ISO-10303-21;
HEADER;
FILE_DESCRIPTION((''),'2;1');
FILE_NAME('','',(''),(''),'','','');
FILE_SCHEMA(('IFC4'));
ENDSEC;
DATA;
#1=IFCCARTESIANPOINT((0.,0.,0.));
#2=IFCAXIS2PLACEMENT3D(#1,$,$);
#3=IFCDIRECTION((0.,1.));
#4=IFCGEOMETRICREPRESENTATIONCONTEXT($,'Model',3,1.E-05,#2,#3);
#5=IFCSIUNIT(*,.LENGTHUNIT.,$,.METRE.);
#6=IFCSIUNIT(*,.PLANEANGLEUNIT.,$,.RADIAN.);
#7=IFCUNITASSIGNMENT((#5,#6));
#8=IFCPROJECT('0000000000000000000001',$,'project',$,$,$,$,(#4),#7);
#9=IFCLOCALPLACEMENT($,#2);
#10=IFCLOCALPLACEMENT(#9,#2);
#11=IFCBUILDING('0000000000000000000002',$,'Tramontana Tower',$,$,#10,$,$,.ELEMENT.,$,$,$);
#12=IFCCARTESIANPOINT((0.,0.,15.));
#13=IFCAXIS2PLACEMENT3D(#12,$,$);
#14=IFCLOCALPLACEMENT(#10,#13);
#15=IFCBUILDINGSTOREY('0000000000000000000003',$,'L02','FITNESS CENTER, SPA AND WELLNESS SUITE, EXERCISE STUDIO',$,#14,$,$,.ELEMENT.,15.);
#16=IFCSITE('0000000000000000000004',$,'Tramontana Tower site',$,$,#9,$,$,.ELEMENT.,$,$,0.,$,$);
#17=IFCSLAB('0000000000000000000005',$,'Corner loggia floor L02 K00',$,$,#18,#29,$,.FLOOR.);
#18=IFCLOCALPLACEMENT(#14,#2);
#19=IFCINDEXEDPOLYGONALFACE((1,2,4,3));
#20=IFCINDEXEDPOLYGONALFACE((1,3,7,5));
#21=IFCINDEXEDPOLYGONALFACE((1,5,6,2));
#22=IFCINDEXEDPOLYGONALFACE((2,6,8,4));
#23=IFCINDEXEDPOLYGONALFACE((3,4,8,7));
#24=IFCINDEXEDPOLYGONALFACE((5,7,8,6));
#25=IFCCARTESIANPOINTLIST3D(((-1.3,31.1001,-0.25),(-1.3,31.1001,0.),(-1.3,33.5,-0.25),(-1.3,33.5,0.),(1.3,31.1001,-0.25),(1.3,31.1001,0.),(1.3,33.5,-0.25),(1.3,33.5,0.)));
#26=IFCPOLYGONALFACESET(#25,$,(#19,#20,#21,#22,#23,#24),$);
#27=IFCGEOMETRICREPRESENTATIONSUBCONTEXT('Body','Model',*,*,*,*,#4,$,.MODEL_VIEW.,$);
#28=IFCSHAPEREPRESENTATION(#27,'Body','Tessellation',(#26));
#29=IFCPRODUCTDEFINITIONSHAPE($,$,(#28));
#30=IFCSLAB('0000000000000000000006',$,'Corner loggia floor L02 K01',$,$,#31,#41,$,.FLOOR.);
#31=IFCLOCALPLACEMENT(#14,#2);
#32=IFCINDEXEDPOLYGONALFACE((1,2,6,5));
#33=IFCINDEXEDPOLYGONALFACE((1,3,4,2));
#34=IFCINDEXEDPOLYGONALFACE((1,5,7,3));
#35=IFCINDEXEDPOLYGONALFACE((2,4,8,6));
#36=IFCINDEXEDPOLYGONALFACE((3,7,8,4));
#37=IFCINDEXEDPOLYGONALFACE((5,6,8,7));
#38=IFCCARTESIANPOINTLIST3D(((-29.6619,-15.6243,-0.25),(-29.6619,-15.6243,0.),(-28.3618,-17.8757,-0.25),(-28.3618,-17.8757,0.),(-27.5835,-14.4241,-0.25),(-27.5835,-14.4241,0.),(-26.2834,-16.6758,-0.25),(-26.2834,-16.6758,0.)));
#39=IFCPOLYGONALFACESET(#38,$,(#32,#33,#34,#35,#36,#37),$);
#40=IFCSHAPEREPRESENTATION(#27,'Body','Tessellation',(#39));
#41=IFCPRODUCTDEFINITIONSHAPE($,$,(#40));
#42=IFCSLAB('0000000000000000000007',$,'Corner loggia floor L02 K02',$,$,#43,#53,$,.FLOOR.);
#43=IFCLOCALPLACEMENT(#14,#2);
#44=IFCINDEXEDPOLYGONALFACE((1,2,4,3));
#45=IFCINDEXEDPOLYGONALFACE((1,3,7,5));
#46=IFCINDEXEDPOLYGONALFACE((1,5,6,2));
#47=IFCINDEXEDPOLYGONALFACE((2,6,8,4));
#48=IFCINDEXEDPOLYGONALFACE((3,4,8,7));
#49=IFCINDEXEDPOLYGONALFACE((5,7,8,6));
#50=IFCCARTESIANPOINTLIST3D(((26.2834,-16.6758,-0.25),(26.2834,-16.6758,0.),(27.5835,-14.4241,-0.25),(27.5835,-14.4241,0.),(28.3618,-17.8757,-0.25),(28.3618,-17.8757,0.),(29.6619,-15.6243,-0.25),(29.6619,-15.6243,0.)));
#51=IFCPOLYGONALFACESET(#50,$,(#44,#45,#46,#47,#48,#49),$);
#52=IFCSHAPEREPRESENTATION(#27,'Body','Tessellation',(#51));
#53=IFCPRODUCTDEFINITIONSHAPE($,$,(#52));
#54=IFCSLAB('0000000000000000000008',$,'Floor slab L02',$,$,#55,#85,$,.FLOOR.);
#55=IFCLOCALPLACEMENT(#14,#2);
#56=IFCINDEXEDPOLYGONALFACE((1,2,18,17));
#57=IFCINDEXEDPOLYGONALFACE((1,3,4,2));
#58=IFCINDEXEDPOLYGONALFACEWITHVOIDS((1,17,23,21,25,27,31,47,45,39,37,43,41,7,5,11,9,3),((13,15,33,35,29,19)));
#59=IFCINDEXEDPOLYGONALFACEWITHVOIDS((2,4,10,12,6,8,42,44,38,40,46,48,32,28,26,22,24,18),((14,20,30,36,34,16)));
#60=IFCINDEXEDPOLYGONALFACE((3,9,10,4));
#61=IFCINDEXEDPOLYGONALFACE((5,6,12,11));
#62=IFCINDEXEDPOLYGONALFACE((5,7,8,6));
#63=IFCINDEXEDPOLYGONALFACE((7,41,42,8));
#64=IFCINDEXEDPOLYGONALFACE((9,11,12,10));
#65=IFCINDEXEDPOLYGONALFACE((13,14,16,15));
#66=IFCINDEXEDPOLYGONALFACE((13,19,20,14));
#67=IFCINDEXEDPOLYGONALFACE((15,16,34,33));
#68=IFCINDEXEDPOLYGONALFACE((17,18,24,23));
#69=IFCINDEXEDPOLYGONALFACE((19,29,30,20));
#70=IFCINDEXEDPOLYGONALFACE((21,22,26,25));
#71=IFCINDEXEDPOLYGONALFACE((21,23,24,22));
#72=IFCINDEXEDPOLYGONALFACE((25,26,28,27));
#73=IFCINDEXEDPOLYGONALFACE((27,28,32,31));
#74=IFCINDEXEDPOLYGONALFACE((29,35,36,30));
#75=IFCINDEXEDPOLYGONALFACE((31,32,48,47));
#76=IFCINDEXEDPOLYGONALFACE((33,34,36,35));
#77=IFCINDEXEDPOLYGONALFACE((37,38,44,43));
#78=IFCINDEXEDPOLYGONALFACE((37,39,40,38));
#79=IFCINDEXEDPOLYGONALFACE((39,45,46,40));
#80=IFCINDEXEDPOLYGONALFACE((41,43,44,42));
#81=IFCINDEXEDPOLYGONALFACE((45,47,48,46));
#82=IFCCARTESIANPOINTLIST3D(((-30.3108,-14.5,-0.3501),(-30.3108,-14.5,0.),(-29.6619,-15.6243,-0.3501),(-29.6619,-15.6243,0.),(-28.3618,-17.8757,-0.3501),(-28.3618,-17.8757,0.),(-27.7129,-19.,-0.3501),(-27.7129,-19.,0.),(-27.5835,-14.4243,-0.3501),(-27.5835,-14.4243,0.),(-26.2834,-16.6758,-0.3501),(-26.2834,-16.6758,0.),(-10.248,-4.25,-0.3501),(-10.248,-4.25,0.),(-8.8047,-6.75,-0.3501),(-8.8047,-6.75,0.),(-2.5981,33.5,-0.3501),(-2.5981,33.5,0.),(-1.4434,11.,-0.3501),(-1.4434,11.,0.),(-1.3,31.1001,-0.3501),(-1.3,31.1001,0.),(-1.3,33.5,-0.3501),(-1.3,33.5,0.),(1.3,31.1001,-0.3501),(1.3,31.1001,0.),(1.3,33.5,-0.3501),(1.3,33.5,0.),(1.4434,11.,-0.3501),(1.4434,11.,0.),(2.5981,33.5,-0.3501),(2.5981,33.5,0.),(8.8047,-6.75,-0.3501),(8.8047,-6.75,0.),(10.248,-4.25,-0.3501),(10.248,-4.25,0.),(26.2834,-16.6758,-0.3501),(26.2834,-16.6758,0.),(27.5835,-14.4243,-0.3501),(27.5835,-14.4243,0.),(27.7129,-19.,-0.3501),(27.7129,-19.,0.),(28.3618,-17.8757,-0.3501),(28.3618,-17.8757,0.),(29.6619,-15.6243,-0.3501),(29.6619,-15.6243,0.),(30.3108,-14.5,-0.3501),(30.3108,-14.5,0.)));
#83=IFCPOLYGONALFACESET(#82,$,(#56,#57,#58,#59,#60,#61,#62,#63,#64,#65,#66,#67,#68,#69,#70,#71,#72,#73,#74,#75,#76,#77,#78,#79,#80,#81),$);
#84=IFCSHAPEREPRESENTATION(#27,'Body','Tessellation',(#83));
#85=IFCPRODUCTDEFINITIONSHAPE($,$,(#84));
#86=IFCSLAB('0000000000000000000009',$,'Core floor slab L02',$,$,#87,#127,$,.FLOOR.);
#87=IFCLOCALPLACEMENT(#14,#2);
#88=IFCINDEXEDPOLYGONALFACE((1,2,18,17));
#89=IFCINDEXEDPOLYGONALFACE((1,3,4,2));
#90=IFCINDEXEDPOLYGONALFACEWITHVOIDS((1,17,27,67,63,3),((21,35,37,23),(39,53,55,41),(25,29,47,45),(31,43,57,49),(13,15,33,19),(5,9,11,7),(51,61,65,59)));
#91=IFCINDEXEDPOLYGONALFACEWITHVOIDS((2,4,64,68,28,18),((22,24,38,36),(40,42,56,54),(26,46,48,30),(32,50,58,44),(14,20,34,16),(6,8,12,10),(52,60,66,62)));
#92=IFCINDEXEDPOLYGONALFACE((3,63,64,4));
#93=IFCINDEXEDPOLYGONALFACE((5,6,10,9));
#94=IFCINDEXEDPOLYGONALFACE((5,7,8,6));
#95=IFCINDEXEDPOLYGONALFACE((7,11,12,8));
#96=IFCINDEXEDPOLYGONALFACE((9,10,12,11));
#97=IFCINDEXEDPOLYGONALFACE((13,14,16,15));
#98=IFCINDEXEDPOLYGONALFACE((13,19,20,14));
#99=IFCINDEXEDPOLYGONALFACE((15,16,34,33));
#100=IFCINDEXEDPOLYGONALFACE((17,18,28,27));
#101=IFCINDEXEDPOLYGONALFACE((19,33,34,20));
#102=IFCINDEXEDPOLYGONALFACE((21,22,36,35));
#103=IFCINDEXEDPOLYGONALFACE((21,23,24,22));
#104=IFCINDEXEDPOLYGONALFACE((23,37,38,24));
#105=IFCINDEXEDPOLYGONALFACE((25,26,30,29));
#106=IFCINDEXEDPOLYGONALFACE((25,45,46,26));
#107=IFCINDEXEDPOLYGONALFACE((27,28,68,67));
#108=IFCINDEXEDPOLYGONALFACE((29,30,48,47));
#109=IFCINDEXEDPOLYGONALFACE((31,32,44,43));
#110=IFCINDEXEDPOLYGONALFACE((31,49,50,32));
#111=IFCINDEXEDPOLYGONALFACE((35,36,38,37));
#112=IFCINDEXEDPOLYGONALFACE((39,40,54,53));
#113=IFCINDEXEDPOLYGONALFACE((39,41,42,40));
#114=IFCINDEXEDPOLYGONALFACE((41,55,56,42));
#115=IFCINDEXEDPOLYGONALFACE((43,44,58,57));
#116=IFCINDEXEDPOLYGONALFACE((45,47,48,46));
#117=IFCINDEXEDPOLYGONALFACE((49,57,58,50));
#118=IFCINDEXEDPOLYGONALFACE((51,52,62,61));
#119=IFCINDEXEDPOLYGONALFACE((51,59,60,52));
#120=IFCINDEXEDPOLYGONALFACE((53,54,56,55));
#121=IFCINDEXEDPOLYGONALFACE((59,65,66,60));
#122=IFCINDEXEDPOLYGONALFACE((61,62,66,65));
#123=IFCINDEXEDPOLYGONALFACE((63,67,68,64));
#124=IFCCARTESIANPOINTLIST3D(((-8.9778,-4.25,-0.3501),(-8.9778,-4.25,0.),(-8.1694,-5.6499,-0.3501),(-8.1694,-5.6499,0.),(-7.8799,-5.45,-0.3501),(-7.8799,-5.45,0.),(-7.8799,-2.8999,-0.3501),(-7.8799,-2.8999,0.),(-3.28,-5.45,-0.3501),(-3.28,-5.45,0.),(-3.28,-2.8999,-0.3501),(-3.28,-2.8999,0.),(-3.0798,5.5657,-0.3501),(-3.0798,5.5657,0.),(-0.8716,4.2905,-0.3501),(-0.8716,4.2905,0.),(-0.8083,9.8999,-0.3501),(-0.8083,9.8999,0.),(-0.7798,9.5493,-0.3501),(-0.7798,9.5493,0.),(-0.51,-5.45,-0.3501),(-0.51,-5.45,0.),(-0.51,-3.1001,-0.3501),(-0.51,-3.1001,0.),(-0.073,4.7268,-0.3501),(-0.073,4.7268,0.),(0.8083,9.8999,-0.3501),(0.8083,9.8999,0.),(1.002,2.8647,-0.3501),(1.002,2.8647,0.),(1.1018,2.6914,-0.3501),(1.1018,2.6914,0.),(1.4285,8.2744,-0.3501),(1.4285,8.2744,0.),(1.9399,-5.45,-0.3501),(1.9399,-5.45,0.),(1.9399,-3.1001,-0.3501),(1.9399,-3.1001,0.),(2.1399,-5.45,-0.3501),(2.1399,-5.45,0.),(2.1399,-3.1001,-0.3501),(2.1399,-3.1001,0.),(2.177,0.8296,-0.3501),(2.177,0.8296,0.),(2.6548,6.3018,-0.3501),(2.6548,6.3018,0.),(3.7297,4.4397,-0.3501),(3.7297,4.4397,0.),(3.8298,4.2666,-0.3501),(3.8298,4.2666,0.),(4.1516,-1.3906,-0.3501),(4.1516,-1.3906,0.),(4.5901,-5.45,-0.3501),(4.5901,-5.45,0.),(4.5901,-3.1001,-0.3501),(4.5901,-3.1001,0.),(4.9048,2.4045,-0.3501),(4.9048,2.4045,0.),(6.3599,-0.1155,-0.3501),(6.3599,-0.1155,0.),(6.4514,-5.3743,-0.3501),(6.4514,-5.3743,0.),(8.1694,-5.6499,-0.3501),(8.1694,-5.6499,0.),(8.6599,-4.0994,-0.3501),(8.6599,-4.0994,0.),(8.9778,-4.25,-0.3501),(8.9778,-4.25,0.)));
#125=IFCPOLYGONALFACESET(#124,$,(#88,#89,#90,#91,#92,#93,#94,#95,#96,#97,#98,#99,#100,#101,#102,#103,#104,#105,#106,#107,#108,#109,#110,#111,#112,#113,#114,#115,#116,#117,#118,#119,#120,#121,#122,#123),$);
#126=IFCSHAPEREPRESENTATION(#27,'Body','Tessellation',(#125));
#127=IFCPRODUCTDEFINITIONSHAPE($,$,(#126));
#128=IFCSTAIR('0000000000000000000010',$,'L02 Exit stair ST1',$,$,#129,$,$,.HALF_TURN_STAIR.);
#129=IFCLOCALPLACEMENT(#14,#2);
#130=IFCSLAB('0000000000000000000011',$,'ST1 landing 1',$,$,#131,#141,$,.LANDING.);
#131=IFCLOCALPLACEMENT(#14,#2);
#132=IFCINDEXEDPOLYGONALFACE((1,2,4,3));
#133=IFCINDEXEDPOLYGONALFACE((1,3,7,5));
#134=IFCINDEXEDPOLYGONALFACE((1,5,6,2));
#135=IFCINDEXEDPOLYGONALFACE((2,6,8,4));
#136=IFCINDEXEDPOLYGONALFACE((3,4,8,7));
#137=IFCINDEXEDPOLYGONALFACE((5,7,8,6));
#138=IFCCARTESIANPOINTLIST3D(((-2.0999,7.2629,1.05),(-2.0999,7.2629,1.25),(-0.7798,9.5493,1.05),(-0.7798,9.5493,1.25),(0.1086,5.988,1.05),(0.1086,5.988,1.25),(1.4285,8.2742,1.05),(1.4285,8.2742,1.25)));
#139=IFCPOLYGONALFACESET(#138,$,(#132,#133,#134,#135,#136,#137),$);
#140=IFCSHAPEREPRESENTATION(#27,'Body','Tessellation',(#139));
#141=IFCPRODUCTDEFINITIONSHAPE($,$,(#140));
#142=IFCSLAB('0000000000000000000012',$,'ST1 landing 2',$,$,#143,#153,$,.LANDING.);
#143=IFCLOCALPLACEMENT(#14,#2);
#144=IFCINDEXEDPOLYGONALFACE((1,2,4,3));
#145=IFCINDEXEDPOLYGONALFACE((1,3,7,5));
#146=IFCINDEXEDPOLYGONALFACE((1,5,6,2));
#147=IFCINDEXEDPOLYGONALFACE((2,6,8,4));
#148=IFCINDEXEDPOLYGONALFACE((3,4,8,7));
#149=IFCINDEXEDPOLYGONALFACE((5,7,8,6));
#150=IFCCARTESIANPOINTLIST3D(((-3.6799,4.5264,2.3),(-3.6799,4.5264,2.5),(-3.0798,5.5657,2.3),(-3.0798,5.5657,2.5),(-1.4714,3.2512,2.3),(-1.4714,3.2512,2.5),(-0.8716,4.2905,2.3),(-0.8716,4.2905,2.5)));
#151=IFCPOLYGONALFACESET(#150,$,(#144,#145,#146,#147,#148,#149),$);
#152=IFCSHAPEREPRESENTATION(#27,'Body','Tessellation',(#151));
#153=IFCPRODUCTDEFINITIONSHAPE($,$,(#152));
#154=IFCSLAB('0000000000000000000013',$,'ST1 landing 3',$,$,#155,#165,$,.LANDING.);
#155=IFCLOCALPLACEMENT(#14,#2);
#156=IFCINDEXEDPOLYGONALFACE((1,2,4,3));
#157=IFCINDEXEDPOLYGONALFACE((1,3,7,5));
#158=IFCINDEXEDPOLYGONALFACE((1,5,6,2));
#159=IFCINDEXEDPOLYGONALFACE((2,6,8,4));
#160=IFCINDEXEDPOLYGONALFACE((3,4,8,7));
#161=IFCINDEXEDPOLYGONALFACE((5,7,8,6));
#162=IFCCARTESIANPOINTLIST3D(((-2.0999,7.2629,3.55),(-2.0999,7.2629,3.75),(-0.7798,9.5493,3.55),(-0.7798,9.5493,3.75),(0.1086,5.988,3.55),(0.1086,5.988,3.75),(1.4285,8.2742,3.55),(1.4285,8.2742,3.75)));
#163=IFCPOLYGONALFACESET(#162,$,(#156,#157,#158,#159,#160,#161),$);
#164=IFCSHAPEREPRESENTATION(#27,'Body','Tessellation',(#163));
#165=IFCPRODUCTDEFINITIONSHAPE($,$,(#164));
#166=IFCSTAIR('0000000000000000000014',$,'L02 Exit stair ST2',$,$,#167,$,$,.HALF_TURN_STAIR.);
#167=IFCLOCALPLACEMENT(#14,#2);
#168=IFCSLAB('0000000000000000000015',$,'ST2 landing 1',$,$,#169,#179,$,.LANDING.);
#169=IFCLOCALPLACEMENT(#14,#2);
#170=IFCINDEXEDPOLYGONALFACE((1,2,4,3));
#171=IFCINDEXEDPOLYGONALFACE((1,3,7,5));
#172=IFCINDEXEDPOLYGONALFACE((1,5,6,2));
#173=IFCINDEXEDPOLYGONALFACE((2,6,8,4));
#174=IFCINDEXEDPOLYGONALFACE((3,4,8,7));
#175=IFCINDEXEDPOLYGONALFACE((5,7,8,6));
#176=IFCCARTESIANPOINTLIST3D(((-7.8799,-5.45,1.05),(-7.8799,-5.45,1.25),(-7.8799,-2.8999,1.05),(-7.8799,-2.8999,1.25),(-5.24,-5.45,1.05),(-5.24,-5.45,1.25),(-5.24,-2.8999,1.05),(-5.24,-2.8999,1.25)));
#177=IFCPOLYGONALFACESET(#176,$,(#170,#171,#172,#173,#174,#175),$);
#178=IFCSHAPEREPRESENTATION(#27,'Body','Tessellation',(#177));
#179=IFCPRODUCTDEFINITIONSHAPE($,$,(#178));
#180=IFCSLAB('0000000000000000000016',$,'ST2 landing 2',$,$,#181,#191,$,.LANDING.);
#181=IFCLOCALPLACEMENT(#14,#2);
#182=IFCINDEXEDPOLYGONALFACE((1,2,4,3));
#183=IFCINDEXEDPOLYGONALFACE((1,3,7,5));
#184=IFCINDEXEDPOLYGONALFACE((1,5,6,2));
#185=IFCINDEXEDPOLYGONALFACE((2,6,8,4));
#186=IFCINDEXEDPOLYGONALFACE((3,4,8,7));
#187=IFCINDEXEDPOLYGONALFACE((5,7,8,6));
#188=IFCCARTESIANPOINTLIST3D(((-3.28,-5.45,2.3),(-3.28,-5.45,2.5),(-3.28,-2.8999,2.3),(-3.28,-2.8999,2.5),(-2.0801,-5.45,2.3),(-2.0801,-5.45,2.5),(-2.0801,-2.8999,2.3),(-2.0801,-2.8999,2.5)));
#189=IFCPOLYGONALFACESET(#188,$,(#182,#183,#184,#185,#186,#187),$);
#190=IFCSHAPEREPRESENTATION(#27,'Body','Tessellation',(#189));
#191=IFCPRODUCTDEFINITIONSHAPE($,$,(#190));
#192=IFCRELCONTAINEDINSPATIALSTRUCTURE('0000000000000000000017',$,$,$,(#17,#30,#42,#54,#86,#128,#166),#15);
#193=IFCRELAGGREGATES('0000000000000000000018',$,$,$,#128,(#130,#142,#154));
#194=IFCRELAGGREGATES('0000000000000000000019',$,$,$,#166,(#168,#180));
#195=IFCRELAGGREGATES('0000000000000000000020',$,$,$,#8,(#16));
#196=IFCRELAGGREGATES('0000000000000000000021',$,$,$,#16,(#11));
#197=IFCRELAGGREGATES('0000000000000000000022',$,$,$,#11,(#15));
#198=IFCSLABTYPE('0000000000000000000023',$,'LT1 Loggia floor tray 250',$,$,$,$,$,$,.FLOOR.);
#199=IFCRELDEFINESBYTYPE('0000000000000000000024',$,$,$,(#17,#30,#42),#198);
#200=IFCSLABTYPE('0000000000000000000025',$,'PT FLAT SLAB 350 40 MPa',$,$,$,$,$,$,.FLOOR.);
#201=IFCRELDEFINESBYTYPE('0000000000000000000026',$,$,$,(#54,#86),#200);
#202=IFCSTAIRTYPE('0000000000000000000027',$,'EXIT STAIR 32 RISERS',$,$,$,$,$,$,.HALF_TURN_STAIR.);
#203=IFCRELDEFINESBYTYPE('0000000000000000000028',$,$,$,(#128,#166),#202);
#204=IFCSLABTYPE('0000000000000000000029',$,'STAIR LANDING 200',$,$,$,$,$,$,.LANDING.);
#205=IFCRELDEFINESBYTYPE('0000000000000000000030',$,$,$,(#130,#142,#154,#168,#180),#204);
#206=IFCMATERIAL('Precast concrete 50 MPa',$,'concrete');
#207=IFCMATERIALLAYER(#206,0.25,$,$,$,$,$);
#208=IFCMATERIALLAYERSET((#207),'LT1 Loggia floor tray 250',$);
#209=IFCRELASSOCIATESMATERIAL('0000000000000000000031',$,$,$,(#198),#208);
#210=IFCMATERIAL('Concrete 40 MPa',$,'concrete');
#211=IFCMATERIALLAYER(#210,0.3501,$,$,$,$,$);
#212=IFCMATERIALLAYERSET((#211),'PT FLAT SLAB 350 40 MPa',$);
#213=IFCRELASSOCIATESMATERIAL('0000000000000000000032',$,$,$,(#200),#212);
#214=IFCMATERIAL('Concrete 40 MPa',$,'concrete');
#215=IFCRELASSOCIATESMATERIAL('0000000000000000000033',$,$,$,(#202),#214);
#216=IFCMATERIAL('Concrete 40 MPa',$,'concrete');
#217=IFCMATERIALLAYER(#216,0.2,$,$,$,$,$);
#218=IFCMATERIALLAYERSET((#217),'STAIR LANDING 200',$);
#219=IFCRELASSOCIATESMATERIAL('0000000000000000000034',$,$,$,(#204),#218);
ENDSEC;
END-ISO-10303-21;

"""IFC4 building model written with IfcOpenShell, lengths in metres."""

from ifc_helpers import new_model, si_unit, direction, frame, origin, place, context, subcontext, project, spatial, polyline, outline, extrude, material, layer, layer_set, type_object, element, aggregate, save


model = new_model("IFC4")

# Units and contexts
model_context = context("Model", 3, precision=1e-05, world=origin(), true_north=direction((0.0, 1.0)))
body_context = subcontext(model_context, "Body", "Model", "MODEL_VIEW")
ifc_project = project(units=[si_unit("LENGTHUNIT", "METRE"), si_unit("PLANEANGLEUNIT", "RADIAN")], contexts=[model_context])

# Site, building, storey
site_placement = place(None, origin())
site = spatial("IfcSite", under=ifc_project, at=site_placement, Name="Tramontana Tower site", CompositionType="ELEMENT", RefElevation=0.0)
building_placement = place(site_placement, origin())
building = spatial("IfcBuilding", under=site, at=building_placement, Name="Tramontana Tower", CompositionType="ELEMENT")
storey_placement = place(building_placement, frame((0.0, 0.0, 15.0)))
storey = spatial("IfcBuildingStorey", under=building, at=storey_placement, Name="L02", Description="FITNESS CENTER, SPA AND WELLNESS SUITE, EXERCISE STUDIO", CompositionType="ELEMENT", Elevation=15.0)

# Slabs
ifc_material_1 = material(Name="Precast concrete 50 MPa", Category="concrete")
ifc_layer_1 = layer(ifc_material_1, 0.25)
ifc_layer_set_1 = layer_set([ifc_layer_1], Name="LT1 Loggia floor tray 250")
slab_type_1 = type_object("IfcSlabType", Name="LT1 Loggia floor tray 250", PredefinedType="FLOOR", material=ifc_layer_set_1)
slab_1_placement = place(storey_placement, frame((0.0, 0.0, -0.25)))
element("IfcSlab", 1, at=slab_1_placement, inside=storey, type_object=slab_type_1, Name="Corner loggia floor L02 K00", PredefinedType="FLOOR", context=body_context, shape_type="SweptSolid", body=[
    extrude(outline(polyline([(1.3, 33.5), (1.3, 31.1001), (-1.3, 31.1001), (-1.3, 33.5), (1.3, 33.5)])), origin(), (0.0, 0.0, 1.0), 0.25),
])
slab_2_placement = place(storey_placement, frame((0.0, 0.0, -0.25)))
element("IfcSlab", 2, at=slab_2_placement, inside=storey, type_object=slab_type_1, Name="Corner loggia floor L02 K01", PredefinedType="FLOOR", context=body_context, shape_type="SweptSolid", body=[
    extrude(outline(polyline([(-29.6619, -15.6243), (-27.5835, -14.4241), (-26.2834, -16.6758), (-28.3618, -17.8757), (-29.6619, -15.6243)])), origin(), (0.0, 0.0, 1.0), 0.25),
])
slab_3_placement = place(storey_placement, frame((0.0, 0.0, -0.25)))
element("IfcSlab", 3, at=slab_3_placement, inside=storey, type_object=slab_type_1, Name="Corner loggia floor L02 K02", PredefinedType="FLOOR", context=body_context, shape_type="SweptSolid", body=[
    extrude(outline(polyline([(28.3618, -17.8757), (26.2834, -16.6758), (27.5835, -14.4241), (29.6619, -15.6243), (28.3618, -17.8757)])), origin(), (0.0, 0.0, 1.0), 0.25),
])
ifc_material_2 = material(Name="Concrete 40 MPa", Category="concrete")
ifc_layer_2 = layer(ifc_material_2, 0.3501)
ifc_layer_set_2 = layer_set([ifc_layer_2], Name="PT FLAT SLAB 350 40 MPa")
slab_type_2 = type_object("IfcSlabType", Name="PT FLAT SLAB 350 40 MPa", PredefinedType="FLOOR", material=ifc_layer_set_2)
slab_4_placement = place(storey_placement, frame((0.0, 0.0, -0.3501)))
element("IfcSlab", 4, at=slab_4_placement, inside=storey, type_object=slab_type_2, Name="Floor slab L02", PredefinedType="FLOOR", context=body_context, shape_type="SweptSolid", body=[
    extrude(outline(polyline([(29.6619, -15.6243), (27.5835, -14.4243), (26.2834, -16.6758), (28.3618, -17.8757), (27.7129, -19.0), (-27.7129, -19.0), (-28.3618, -17.8757), (-26.2834, -16.6758), (-27.5835, -14.4243), (-29.6619, -15.6243), (-30.3108, -14.5), (-2.5981, 33.5), (-1.3, 33.5), (-1.3, 31.1001), (1.3, 31.1001), (1.3, 33.5), (2.5981, 33.5), (30.3108, -14.5), (29.6619, -15.6243)]), holes=[polyline([(-10.248, -4.25), (-8.8047, -6.75), (8.8047, -6.75), (10.248, -4.25), (1.4434, 11.0), (-1.4434, 11.0), (-10.248, -4.25)])]), origin(), (0.0, 0.0, 1.0), 0.3501),
])
slab_5_placement = place(storey_placement, frame((0.0, 0.0, -0.3501)))
element("IfcSlab", 5, at=slab_5_placement, inside=storey, type_object=slab_type_2, Name="Core floor slab L02", PredefinedType="FLOOR", context=body_context, shape_type="SweptSolid", body=[
    extrude(outline(polyline([(8.9778, -4.25), (8.1694, -5.6499), (-8.1694, -5.6499), (-8.9778, -4.25), (-0.8083, 9.8999), (0.8083, 9.8999), (8.9778, -4.25)]), holes=[polyline([(8.6599, -4.0994), (6.3599, -0.1155), (4.1516, -1.3906), (6.4514, -5.3743), (8.6599, -4.0994)]), polyline([(3.8298, 4.2666), (1.1018, 2.6914), (2.177, 0.8296), (4.9048, 2.4045), (3.8298, 4.2666)]), polyline([(4.5901, -3.1001), (2.1399, -3.1001), (2.1399, -5.45), (4.5901, -5.45), (4.5901, -3.1001)]), polyline([(2.6548, 6.3018), (-0.073, 4.7268), (1.002, 2.8647), (3.7297, 4.4397), (2.6548, 6.3018)]), polyline([(1.9399, -5.45), (1.9399, -3.1001), (-0.51, -3.1001), (-0.51, -5.45), (1.9399, -5.45)]), polyline([(-0.7798, 9.5493), (-3.0798, 5.5657), (-0.8716, 4.2905), (1.4285, 8.2744), (-0.7798, 9.5493)]), polyline([(-7.8799, -5.45), (-3.28, -5.45), (-3.28, -2.8999), (-7.8799, -2.8999), (-7.8799, -5.45)])]), origin(), (0.0, 0.0, 1.0), 0.3501),
])

# Stairs, slabs
ifc_material_3 = material(Name="Concrete 40 MPa", Category="concrete")
stair_type = type_object("IfcStairType", Name="EXIT STAIR 32 RISERS", PredefinedType="HALF_TURN_STAIR", material=ifc_material_3)
stair_1_placement = place(storey_placement, origin())
stair_1 = element("IfcStair", 6, at=stair_1_placement, inside=storey, type_object=stair_type, Name="L02 Exit stair ST1", PredefinedType="HALF_TURN_STAIR")
ifc_material_4 = material(Name="Concrete 40 MPa", Category="concrete")
ifc_layer_3 = layer(ifc_material_4, 0.2)
ifc_layer_set_3 = layer_set([ifc_layer_3], Name="STAIR LANDING 200")
slab_type_3 = type_object("IfcSlabType", Name="STAIR LANDING 200", PredefinedType="LANDING", material=ifc_layer_set_3)
slab_6_placement = place(storey_placement, frame((0.0, 0.0, 1.05)))
slab_6 = element("IfcSlab", 7, at=slab_6_placement, type_object=slab_type_3, Name="ST1 landing 1", PredefinedType="LANDING", context=body_context, shape_type="SweptSolid", body=[
    extrude(outline(polyline([(0.1086, 5.988), (1.4285, 8.2742), (-0.7798, 9.5493), (-2.0999, 7.2629), (0.1086, 5.988)])), origin(), (0.0, 0.0, 1.0), 0.2),
])
slab_7_placement = place(storey_placement, frame((0.0, 0.0, 2.3)))
slab_7 = element("IfcSlab", 8, at=slab_7_placement, type_object=slab_type_3, Name="ST1 landing 2", PredefinedType="LANDING", context=body_context, shape_type="SweptSolid", body=[
    extrude(outline(polyline([(-1.4714, 3.2512), (-0.8716, 4.2905), (-3.0798, 5.5657), (-3.6799, 4.5264), (-1.4714, 3.2512)])), origin(), (0.0, 0.0, 1.0), 0.2),
])
slab_8_placement = place(storey_placement, frame((0.0, 0.0, 3.55)))
slab_8 = element("IfcSlab", 9, at=slab_8_placement, type_object=slab_type_3, Name="ST1 landing 3", PredefinedType="LANDING", context=body_context, shape_type="SweptSolid", body=[
    extrude(outline(polyline([(0.1086, 5.988), (1.4285, 8.2742), (-0.7798, 9.5493), (-2.0999, 7.2629), (0.1086, 5.988)])), origin(), (0.0, 0.0, 1.0), 0.2),
])
aggregate(stair_1, [slab_6, slab_7, slab_8])
stair_2_placement = place(storey_placement, origin())
stair_2 = element("IfcStair", 10, at=stair_2_placement, inside=storey, type_object=stair_type, Name="L02 Exit stair ST2", PredefinedType="HALF_TURN_STAIR")
slab_9_placement = place(storey_placement, frame((0.0, 0.0, 1.05)))
slab_9 = element("IfcSlab", 11, at=slab_9_placement, type_object=slab_type_3, Name="ST2 landing 1", PredefinedType="LANDING", context=body_context, shape_type="SweptSolid", body=[
    extrude(outline(polyline([(-5.24, -2.8999), (-7.8799, -2.8999), (-7.8799, -5.45), (-5.24, -5.45), (-5.24, -2.8999)])), origin(), (0.0, 0.0, 1.0), 0.2),
])
slab_10_placement = place(storey_placement, frame((0.0, 0.0, 2.3)))
slab_10 = element("IfcSlab", 12, at=slab_10_placement, type_object=slab_type_3, Name="ST2 landing 2", PredefinedType="LANDING", context=body_context, shape_type="SweptSolid", body=[
    extrude(outline(polyline([(-2.0801, -2.8999), (-3.28, -2.8999), (-3.28, -5.45), (-2.0801, -5.45), (-2.0801, -2.8999)])), origin(), (0.0, 0.0, 1.0), 0.2),
])
aggregate(stair_2, [slab_9, slab_10])

save(model, "model.ifc")
